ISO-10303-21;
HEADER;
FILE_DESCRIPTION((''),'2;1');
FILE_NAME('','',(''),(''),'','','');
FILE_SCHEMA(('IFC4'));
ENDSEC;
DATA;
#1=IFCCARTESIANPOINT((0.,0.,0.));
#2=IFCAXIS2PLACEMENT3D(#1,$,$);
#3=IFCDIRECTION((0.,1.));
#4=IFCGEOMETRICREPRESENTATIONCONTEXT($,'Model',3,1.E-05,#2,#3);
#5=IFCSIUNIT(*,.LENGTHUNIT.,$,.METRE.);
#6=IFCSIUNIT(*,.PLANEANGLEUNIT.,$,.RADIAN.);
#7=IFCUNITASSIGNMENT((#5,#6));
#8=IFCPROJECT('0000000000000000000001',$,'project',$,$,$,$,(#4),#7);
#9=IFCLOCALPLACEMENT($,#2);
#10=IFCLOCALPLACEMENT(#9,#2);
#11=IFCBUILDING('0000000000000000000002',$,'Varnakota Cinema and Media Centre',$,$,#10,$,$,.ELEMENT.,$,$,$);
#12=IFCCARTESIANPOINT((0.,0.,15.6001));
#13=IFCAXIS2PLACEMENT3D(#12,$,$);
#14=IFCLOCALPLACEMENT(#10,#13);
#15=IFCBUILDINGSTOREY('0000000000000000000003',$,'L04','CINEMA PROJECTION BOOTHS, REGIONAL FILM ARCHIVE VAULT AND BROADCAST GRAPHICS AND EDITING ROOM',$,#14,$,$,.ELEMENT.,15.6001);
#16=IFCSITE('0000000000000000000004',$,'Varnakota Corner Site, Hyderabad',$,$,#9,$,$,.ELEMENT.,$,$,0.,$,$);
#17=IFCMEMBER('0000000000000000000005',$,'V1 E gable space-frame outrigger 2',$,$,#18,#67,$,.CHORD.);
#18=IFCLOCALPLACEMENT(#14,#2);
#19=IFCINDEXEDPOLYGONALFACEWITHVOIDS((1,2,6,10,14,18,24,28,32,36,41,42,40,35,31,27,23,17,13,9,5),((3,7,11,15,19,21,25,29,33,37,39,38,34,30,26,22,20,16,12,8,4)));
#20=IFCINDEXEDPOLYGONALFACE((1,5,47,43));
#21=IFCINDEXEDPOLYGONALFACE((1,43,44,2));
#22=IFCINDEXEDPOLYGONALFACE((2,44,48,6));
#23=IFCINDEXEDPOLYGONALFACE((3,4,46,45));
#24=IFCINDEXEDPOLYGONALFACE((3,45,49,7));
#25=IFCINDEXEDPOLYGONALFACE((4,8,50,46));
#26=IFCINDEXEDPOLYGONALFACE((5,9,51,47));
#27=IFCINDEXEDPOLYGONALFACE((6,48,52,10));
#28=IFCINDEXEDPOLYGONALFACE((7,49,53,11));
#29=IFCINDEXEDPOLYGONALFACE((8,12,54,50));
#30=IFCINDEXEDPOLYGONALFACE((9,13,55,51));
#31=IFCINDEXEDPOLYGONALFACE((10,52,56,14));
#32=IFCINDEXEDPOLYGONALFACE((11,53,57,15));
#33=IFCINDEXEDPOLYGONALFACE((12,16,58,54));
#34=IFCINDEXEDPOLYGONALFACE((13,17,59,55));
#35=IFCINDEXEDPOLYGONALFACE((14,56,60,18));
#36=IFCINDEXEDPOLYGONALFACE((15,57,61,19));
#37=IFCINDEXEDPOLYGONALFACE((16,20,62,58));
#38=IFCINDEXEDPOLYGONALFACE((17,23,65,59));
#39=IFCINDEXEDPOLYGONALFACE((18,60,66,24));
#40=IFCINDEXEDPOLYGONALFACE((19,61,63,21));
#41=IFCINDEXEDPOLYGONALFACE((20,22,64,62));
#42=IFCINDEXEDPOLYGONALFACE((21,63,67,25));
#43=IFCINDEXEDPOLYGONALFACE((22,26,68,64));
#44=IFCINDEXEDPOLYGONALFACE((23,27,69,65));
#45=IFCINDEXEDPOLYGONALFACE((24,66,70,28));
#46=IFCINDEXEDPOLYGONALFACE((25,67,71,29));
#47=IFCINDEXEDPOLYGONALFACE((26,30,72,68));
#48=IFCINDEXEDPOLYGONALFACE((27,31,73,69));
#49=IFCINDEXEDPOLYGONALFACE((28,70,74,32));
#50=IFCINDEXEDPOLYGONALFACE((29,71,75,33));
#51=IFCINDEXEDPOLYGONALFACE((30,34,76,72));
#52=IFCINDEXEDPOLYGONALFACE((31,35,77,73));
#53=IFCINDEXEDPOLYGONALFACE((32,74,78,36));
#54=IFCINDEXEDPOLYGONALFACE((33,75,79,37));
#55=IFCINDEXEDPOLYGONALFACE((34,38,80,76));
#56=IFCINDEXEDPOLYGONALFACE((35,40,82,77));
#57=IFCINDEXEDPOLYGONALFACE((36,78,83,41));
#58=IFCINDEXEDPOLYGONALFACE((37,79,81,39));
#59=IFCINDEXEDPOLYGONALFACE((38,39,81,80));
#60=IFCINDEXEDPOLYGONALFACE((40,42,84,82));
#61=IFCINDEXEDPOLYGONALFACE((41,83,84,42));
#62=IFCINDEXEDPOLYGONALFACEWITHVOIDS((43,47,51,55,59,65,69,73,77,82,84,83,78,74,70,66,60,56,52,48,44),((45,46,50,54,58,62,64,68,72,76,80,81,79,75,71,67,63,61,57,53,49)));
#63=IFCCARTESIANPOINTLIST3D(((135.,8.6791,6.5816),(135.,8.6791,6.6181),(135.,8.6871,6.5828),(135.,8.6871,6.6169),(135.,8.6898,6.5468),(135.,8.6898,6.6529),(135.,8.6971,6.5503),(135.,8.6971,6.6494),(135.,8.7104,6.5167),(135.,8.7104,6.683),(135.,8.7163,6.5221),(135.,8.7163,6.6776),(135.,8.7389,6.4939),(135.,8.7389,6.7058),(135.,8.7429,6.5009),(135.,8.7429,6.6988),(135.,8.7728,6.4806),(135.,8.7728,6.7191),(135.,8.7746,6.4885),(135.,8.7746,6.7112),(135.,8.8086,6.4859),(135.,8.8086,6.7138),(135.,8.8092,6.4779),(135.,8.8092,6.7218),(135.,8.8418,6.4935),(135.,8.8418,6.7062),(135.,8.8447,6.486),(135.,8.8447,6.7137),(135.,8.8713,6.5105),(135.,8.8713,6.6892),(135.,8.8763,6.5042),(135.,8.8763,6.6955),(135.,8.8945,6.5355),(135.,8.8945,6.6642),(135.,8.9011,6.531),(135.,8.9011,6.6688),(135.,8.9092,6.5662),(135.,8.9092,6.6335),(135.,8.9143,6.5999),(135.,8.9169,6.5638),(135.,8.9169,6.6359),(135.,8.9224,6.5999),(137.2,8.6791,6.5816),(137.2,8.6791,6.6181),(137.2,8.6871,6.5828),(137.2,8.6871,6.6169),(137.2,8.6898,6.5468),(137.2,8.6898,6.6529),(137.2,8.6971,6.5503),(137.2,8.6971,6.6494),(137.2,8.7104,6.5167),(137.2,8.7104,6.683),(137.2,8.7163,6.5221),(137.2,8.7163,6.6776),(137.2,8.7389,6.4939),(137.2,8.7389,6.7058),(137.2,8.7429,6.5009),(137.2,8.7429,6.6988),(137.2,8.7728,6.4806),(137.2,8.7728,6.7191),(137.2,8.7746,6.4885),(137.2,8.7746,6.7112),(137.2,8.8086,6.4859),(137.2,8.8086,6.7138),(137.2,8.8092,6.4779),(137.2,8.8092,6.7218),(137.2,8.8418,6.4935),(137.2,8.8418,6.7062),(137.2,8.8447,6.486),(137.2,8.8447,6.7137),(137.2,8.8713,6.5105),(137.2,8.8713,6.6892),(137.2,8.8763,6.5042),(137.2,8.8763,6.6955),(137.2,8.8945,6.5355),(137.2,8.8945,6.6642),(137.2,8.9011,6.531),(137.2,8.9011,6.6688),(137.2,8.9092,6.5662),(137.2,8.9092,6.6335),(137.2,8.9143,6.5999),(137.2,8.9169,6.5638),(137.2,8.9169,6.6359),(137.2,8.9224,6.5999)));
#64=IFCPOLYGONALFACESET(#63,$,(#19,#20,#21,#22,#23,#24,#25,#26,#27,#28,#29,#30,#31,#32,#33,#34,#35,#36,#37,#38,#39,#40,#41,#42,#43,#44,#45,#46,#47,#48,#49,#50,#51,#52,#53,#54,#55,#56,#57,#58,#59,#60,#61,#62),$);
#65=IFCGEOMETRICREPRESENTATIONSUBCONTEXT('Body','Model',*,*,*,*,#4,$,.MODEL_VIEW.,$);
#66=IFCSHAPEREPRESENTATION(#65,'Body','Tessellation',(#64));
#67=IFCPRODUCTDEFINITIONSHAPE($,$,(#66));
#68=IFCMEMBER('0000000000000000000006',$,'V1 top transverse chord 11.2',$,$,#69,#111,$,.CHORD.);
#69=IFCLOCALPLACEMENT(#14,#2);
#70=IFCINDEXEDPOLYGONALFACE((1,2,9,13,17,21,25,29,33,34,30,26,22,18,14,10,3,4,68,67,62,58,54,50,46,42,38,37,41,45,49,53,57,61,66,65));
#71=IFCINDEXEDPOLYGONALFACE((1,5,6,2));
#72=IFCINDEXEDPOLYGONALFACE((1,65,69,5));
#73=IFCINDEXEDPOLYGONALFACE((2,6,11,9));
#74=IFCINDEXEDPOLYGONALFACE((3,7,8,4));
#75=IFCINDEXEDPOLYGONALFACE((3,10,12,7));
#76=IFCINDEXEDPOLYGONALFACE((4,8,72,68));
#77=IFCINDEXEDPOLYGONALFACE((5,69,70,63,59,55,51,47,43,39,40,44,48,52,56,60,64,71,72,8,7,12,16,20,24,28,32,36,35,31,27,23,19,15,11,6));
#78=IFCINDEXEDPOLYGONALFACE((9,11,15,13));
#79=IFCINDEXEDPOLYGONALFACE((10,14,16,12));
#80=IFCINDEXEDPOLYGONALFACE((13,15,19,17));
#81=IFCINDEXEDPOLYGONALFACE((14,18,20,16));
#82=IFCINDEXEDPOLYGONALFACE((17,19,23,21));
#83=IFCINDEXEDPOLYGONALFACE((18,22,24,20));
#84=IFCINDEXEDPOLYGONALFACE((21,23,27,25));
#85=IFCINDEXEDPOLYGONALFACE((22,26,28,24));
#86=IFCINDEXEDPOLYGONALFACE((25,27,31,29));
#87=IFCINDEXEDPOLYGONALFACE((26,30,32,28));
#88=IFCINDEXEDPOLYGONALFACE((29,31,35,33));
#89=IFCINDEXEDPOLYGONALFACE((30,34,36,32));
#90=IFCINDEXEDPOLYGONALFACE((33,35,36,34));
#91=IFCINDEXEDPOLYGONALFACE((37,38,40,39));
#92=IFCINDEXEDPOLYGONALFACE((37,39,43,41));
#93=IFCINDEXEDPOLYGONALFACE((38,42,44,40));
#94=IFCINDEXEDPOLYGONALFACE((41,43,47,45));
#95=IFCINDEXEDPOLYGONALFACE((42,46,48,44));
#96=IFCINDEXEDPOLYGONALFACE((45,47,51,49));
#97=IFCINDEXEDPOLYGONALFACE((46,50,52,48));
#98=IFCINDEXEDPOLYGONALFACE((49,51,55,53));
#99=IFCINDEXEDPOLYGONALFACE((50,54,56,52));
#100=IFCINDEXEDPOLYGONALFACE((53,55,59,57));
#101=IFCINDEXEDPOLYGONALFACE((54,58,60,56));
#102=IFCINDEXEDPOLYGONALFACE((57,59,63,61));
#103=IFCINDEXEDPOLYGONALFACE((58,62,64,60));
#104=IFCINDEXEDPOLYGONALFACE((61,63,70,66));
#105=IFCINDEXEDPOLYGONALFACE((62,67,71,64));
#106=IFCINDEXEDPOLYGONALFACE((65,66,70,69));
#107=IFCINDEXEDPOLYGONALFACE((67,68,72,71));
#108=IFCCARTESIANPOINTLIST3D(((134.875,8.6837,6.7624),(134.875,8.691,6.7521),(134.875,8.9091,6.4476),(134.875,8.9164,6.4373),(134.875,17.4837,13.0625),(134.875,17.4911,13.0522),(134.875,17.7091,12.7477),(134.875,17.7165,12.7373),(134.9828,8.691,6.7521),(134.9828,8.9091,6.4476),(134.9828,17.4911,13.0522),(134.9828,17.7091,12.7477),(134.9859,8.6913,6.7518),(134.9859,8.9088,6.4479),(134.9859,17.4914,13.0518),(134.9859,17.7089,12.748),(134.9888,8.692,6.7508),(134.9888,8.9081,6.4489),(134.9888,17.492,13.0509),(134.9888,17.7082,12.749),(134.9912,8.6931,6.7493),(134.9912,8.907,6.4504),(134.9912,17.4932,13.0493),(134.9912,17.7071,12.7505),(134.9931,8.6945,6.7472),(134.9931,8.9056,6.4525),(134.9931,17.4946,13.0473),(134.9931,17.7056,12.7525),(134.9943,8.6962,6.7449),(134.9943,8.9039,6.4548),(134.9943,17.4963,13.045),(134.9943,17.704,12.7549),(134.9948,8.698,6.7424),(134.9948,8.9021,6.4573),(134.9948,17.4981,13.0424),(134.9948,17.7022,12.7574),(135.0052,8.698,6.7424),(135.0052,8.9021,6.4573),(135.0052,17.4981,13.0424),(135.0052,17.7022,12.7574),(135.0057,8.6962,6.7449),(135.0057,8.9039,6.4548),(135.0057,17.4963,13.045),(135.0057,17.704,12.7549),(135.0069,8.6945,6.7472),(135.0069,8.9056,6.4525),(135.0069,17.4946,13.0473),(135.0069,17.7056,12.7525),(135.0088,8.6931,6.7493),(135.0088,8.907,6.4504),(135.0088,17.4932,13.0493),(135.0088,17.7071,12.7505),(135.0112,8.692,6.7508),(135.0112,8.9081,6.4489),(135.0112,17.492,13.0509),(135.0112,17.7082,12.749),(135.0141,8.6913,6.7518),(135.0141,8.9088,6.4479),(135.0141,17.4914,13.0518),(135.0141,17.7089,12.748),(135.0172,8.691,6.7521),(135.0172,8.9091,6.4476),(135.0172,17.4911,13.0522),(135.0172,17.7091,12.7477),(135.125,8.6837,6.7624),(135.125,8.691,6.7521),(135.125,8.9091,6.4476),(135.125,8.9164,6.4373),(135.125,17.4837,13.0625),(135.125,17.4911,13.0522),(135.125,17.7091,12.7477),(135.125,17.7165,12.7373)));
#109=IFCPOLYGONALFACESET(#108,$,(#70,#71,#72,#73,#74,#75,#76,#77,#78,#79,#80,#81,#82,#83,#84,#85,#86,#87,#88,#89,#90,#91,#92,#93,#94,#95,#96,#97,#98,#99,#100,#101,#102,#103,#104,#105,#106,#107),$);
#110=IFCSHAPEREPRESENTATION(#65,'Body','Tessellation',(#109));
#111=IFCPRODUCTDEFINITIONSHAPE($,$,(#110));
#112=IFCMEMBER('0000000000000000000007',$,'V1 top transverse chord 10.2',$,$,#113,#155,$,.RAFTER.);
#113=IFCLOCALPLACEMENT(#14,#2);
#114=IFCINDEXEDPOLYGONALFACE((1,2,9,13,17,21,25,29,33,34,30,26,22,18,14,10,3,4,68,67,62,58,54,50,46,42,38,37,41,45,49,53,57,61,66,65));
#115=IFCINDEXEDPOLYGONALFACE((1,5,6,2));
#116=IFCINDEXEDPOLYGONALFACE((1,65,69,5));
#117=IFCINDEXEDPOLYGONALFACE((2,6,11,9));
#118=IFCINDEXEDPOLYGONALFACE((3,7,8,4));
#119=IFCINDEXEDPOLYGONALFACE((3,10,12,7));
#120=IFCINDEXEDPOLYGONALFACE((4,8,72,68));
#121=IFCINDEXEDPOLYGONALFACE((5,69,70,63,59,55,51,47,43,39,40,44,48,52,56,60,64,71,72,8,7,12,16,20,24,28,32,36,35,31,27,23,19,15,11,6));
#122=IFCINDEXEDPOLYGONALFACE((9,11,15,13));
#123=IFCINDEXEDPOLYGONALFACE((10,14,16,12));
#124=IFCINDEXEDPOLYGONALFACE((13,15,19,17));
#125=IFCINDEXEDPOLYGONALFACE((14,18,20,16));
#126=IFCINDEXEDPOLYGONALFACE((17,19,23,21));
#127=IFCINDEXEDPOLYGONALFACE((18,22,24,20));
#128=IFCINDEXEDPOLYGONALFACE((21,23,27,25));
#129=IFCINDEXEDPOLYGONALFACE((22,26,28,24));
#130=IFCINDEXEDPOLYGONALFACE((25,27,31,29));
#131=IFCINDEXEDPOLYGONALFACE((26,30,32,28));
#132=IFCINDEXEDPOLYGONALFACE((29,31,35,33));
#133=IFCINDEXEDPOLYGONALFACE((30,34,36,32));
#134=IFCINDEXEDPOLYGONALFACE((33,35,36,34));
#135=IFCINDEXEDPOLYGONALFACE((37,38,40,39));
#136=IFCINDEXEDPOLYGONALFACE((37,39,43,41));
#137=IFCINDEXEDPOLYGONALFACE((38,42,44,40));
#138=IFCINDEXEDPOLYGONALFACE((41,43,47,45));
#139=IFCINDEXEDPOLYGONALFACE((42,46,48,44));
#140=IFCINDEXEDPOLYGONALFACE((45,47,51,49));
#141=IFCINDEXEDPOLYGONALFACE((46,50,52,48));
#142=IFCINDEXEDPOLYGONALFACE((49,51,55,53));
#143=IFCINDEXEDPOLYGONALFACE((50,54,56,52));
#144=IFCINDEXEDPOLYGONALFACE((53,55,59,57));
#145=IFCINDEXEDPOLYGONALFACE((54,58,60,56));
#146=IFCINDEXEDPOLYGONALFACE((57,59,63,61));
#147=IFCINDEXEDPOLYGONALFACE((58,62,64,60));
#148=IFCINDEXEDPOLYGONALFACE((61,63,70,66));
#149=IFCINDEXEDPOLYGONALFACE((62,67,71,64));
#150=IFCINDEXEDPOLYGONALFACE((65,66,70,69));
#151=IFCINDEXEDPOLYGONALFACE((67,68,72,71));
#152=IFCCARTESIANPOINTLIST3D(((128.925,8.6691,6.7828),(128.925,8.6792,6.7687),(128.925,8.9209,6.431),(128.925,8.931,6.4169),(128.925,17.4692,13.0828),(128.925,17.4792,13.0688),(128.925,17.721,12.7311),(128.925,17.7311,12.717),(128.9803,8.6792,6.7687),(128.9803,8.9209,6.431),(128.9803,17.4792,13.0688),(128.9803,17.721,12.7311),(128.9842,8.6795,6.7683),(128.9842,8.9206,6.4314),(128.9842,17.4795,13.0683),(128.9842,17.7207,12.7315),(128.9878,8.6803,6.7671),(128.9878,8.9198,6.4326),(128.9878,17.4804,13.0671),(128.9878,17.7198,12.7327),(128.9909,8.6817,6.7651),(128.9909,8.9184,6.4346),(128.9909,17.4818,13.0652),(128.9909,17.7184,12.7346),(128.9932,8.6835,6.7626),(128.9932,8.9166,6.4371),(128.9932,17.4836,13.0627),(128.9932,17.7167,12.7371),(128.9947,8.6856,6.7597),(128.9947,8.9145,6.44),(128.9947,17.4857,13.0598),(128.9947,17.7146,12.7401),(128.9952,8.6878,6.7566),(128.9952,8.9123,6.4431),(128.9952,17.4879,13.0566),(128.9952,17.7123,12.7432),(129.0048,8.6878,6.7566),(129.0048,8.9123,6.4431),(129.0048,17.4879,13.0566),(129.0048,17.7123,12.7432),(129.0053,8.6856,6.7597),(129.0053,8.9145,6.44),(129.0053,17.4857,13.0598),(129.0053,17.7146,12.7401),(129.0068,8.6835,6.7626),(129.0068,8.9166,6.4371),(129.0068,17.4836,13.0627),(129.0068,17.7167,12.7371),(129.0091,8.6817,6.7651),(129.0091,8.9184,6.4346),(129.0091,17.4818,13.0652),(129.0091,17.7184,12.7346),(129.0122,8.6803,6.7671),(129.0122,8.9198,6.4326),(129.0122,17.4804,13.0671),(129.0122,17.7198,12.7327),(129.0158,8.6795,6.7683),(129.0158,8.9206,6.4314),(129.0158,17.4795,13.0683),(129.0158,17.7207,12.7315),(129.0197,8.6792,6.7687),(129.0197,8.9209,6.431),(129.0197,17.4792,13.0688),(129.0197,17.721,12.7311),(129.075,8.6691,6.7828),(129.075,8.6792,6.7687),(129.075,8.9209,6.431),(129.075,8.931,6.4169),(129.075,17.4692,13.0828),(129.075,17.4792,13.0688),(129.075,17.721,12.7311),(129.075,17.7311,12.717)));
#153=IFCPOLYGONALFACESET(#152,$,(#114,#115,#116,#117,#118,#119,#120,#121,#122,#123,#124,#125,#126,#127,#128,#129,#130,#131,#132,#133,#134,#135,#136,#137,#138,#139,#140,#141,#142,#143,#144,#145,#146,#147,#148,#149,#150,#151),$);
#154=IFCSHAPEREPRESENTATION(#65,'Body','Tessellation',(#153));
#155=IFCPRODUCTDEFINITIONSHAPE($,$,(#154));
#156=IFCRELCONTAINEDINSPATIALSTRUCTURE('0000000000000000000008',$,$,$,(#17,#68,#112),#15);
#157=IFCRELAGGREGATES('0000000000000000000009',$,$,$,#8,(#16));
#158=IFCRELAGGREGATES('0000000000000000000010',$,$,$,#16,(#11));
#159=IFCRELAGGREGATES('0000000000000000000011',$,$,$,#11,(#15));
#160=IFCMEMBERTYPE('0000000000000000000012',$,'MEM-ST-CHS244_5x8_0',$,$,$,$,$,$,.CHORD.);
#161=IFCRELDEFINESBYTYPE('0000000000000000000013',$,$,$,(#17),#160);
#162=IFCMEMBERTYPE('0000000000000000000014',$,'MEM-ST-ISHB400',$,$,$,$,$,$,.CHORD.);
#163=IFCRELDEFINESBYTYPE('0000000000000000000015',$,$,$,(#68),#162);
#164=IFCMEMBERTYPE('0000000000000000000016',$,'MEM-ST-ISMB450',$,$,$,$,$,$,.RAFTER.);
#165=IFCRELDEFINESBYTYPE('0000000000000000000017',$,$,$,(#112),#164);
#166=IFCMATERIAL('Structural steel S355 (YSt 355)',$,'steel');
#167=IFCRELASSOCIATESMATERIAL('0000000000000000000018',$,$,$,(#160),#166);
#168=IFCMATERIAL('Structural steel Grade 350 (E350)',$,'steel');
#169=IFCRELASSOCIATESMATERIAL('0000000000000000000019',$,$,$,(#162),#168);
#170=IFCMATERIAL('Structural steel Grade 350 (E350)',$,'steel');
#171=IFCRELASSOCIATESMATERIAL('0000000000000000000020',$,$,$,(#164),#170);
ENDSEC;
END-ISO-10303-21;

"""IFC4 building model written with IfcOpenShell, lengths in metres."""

from ifc_helpers import new_model, si_unit, direction, frame, origin, origin_2d, place, context, subcontext, project, spatial, hollow_circle, i_section, extrude, material, material_profile, profile_set, type_object, element, save


model = new_model("IFC4")

# Units and contexts
model_context = context("Model", 3, precision=1e-05, world=origin(), true_north=direction((0.0, 1.0)))
body_context = subcontext(model_context, "Body", "Model", "MODEL_VIEW")
ifc_project = project(units=[si_unit("LENGTHUNIT", "METRE"), si_unit("PLANEANGLEUNIT", "RADIAN")], contexts=[model_context])

# Site, building, storey
site_placement = place(None, origin())
site = spatial("IfcSite", under=ifc_project, at=site_placement, Name="Varnakota Corner Site, Hyderabad", CompositionType="ELEMENT", RefElevation=0.0)
building_placement = place(site_placement, origin())
building = spatial("IfcBuilding", under=site, at=building_placement, Name="Varnakota Cinema and Media Centre", CompositionType="ELEMENT")
storey_placement = place(building_placement, frame((0.0, 0.0, 15.6001)))
storey = spatial("IfcBuildingStorey", under=building, at=storey_placement, Name="L04", Description="CINEMA PROJECTION BOOTHS, REGIONAL FILM ARCHIVE VAULT AND BROADCAST GRAPHICS AND EDITING ROOM", CompositionType="ELEMENT", Elevation=15.6001)

# Members
ifc_material_1 = material(Name="Structural steel S355 (YSt 355)", Category="steel")
ifc_material_profile_1 = material_profile(ifc_material_1, hollow_circle(Radius=0.1223, WallThickness=0.0081, at=origin_2d()), Name="CHS 244.5x8.0")
ifc_profile_set_1 = profile_set([ifc_material_profile_1], Name="Structural steel S355 (YSt 355)")
member_type_1 = type_object("IfcMemberType", Name="MEM-ST-CHS244_5x8_0", PredefinedType="CHORD", material=ifc_profile_set_1)
member_1_placement = place(storey_placement, frame((135.0, 8.8, 6.5999), z_axis=(1.0, 0.0, 0.0), x_axis=(0.0, 1.0, 0.0)))
element("IfcMember", 1, at=member_1_placement, inside=storey, type_object=member_type_1, Name="V1 E gable space-frame outrigger 2", PredefinedType="CHORD", context=body_context, shape_type="SweptSolid", body=[
    extrude(hollow_circle(Radius=0.1223, WallThickness=0.0081, at=origin_2d()), origin(), (0.0, 0.0, 1.0), 2.2),
])
ifc_material_2 = material(Name="Structural steel Grade 350 (E350)", Category="steel")
ifc_material_profile_2 = material_profile(ifc_material_2, i_section(OverallWidth=0.25, OverallDepth=0.3999, WebThickness=0.0105, FlangeThickness=0.0127, FilletRadius=0.012, at=origin_2d()), Name="ISHB 400")
ifc_profile_set_2 = profile_set([ifc_material_profile_2], Name="Structural steel Grade 350 (E350)")
member_type_2 = type_object("IfcMemberType", Name="MEM-ST-ISHB400", PredefinedType="CHORD", material=ifc_profile_set_2)
member_2_placement = place(storey_placement, frame((135.0, 8.8, 6.5999), z_axis=(0.0, 0.813108, 0.582113), x_axis=(-1.0, 0.0, 0.0)))
element("IfcMember", 2, at=member_2_placement, inside=storey, type_object=member_type_2, Name="V1 top transverse chord 11.2", PredefinedType="CHORD", context=body_context, shape_type="SweptSolid", body=[
    extrude(i_section(OverallWidth=0.25, OverallDepth=0.3999, WebThickness=0.0105, FlangeThickness=0.0127, FilletRadius=0.012, at=origin_2d()), origin(), (0.0, 0.0, 1.0), 10.8228),
])
ifc_material_3 = material(Name="Structural steel Grade 350 (E350)", Category="steel")
ifc_material_profile_3 = material_profile(ifc_material_3, i_section(OverallWidth=0.1499, OverallDepth=0.45, WebThickness=0.0095, FlangeThickness=0.0173, FilletRadius=0.0149, at=origin_2d()), Name="ISMB 450")
ifc_profile_set_3 = profile_set([ifc_material_profile_3], Name="Structural steel Grade 350 (E350)")
member_type_3 = type_object("IfcMemberType", Name="MEM-ST-ISMB450", PredefinedType="RAFTER", material=ifc_profile_set_3)
member_3_placement = place(storey_placement, frame((129.0, 8.8, 6.5999), z_axis=(0.0, 0.813108, 0.582113), x_axis=(-1.0, 0.0, 0.0)))
element("IfcMember", 3, at=member_3_placement, inside=storey, type_object=member_type_3, Name="V1 top transverse chord 10.2", PredefinedType="RAFTER", context=body_context, shape_type="SweptSolid", body=[
    extrude(i_section(OverallWidth=0.1499, OverallDepth=0.45, WebThickness=0.0095, FlangeThickness=0.0173, FilletRadius=0.0149, at=origin_2d()), origin(), (0.0, 0.0, 1.0), 10.8228),
])

save(model, "model.ifc")
